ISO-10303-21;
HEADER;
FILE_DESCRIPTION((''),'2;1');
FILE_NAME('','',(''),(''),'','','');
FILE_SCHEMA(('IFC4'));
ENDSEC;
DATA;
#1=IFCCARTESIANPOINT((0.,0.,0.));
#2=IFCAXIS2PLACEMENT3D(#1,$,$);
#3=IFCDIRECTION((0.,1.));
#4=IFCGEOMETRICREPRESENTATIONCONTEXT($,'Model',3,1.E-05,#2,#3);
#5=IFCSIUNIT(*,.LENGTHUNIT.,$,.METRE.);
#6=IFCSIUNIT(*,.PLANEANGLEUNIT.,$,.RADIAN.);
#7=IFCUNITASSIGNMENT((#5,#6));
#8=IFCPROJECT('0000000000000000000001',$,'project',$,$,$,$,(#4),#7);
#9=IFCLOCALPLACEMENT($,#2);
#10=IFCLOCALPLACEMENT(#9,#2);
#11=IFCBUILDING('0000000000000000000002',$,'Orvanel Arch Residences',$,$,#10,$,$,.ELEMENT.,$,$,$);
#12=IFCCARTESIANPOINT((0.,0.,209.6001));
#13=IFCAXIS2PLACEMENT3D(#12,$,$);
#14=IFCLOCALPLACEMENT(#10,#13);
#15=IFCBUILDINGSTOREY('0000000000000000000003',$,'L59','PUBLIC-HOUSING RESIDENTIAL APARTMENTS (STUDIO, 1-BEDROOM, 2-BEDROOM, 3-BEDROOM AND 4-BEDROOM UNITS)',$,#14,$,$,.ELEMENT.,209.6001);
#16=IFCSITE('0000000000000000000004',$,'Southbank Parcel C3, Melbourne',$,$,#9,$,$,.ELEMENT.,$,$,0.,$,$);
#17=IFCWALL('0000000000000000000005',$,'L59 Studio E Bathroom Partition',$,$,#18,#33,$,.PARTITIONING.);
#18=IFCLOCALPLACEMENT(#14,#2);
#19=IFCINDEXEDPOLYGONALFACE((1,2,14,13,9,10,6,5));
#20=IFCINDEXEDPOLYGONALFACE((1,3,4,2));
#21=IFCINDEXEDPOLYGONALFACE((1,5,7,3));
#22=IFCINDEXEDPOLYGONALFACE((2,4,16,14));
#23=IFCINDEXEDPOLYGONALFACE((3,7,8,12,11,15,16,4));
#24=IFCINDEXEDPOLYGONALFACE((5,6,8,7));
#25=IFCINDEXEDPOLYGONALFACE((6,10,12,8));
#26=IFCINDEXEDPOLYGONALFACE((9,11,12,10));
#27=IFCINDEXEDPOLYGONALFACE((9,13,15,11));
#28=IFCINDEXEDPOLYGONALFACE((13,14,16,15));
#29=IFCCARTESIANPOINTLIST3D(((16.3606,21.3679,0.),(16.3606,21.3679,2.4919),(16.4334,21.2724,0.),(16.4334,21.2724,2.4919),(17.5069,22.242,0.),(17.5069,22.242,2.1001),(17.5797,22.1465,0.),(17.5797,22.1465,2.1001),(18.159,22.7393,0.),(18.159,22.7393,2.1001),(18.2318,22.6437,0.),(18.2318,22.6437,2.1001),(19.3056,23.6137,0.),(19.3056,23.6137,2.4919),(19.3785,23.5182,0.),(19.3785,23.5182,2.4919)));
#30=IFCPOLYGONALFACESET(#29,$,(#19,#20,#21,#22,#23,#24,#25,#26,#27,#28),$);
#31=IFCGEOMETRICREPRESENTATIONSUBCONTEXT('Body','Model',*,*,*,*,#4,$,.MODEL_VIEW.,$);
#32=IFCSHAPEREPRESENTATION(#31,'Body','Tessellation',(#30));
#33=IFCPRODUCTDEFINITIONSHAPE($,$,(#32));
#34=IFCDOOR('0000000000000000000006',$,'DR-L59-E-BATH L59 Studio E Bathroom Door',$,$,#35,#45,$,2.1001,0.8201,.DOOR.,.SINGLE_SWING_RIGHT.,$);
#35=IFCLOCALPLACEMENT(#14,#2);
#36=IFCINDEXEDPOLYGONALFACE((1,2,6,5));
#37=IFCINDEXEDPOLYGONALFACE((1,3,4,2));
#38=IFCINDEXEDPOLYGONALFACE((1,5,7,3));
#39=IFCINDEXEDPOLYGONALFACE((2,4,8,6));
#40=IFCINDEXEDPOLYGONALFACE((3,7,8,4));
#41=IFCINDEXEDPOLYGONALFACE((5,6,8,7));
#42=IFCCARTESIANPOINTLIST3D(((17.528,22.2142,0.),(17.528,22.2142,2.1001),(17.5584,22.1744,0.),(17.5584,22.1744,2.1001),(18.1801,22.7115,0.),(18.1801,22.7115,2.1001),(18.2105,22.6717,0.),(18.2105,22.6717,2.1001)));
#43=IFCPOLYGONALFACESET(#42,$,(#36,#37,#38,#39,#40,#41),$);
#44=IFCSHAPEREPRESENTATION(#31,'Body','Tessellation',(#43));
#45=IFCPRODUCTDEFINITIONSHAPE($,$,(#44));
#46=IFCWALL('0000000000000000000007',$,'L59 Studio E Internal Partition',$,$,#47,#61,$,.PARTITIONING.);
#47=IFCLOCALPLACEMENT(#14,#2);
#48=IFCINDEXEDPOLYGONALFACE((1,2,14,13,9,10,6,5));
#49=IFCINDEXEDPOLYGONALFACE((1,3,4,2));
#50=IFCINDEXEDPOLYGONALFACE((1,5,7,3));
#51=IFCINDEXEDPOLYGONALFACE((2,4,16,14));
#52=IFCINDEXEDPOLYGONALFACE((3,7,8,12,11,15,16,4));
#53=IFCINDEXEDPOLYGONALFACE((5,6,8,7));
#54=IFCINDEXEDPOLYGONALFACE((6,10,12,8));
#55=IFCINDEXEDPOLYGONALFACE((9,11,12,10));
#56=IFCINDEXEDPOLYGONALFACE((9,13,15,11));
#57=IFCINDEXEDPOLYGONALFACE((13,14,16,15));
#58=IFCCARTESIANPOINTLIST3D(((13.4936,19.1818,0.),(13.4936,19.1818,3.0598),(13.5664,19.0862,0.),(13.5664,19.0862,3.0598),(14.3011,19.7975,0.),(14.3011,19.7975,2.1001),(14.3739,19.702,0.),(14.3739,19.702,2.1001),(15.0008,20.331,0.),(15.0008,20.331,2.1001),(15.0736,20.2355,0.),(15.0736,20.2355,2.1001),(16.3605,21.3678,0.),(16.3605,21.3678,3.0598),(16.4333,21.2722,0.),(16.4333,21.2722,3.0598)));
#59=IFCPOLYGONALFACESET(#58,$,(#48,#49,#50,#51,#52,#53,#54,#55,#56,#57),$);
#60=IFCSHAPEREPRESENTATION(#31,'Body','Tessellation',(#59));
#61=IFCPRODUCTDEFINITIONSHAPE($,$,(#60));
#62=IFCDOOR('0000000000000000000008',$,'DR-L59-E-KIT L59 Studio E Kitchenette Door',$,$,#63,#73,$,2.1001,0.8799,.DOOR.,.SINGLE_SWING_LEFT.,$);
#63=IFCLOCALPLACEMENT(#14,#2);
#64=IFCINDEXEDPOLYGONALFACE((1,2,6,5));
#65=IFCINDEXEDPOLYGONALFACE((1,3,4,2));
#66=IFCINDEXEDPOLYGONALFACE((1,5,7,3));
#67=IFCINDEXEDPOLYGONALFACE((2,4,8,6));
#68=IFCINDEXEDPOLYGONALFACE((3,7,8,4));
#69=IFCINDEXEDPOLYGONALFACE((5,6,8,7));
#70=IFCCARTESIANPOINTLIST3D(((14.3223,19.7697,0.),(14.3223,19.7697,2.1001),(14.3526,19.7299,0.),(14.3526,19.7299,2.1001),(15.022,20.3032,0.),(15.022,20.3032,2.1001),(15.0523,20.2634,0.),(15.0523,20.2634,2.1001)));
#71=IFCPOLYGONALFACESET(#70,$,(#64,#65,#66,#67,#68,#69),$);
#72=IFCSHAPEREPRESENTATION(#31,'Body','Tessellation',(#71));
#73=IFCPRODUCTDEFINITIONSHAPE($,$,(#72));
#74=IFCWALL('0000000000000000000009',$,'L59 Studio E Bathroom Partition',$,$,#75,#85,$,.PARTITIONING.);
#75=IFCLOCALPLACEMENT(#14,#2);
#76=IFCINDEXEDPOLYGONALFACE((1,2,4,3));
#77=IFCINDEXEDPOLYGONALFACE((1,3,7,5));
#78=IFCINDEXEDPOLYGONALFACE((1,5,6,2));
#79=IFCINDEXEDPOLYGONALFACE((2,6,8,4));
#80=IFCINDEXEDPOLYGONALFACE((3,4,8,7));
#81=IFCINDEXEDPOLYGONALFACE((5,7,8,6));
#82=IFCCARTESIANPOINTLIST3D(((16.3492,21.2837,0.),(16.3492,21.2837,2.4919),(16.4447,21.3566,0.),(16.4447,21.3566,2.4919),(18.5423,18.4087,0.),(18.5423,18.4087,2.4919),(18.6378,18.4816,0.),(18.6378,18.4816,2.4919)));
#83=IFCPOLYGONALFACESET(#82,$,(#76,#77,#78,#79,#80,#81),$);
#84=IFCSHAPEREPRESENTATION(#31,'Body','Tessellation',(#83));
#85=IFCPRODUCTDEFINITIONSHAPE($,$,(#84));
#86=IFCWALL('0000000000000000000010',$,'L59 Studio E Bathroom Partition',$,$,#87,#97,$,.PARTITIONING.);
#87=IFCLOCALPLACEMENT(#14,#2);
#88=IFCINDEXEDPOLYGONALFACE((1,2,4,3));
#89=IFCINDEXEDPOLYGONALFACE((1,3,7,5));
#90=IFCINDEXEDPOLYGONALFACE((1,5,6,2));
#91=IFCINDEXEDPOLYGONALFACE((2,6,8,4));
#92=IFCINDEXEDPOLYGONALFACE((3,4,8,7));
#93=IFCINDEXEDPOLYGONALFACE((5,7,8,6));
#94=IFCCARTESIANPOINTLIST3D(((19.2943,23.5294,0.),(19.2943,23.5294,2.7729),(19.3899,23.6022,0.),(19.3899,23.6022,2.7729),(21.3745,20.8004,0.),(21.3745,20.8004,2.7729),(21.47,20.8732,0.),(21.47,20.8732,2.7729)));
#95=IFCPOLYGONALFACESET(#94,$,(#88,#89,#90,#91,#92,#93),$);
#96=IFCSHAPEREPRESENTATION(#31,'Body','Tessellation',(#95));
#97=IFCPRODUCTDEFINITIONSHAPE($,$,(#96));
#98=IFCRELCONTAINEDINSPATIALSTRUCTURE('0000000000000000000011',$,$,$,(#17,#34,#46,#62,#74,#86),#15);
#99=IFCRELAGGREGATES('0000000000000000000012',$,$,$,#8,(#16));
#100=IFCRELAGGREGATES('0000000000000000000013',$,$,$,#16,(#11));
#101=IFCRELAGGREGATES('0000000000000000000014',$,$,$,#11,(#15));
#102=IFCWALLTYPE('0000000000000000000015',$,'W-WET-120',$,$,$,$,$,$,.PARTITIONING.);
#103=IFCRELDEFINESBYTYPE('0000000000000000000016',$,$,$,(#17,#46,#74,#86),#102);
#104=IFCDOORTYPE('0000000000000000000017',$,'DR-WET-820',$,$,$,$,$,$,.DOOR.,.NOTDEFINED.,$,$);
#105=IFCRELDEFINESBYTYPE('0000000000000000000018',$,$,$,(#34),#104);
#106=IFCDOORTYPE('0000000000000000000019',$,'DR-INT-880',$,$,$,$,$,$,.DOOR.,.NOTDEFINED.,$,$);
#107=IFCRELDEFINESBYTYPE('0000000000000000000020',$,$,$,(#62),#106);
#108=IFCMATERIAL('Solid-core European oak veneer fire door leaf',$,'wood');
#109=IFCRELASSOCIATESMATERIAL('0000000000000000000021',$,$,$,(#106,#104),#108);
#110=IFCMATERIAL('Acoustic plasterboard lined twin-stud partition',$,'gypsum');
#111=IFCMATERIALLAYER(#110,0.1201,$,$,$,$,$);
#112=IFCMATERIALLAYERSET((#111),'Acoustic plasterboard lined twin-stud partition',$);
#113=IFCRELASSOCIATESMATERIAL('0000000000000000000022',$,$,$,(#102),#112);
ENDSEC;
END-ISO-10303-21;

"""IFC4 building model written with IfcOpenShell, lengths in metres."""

from ifc_helpers import new_model, si_unit, direction, frame, frame_2d, origin, place, context, subcontext, project, spatial, rectangle, extrude, material, layer, layer_set, type_object, element, fill, save


model = new_model("IFC4")

# Units and contexts
model_context = context("Model", 3, precision=1e-05, world=origin(), true_north=direction((0.0, 1.0)))
body_context = subcontext(model_context, "Body", "Model", "MODEL_VIEW")
ifc_project = project(units=[si_unit("LENGTHUNIT", "METRE"), si_unit("PLANEANGLEUNIT", "RADIAN")], contexts=[model_context])

# Site, building, storey
site_placement = place(None, origin())
site = spatial("IfcSite", under=ifc_project, at=site_placement, Name="Southbank Parcel C3, Melbourne", CompositionType="ELEMENT", RefElevation=0.0)
building_placement = place(site_placement, origin())
building = spatial("IfcBuilding", under=site, at=building_placement, Name="Orvanel Arch Residences", CompositionType="ELEMENT")
storey_placement = place(building_placement, frame((0.0, 0.0, 209.6001)))
storey = spatial("IfcBuildingStorey", under=building, at=storey_placement, Name="L59", Description="PUBLIC-HOUSING RESIDENTIAL APARTMENTS (STUDIO, 1-BEDROOM, 2-BEDROOM, 3-BEDROOM AND 4-BEDROOM UNITS)", CompositionType="ELEMENT", Elevation=209.6001)

# Shared definitions
ifc_material_1 = material(Name="Acoustic plasterboard lined twin-stud partition", Category="gypsum")
ifc_material_2 = material(Name="Solid-core European oak veneer fire door leaf", Category="wood")
door_type_1 = type_object("IfcDoorType", Name="DR-INT-880", OperationType="NOTDEFINED", PredefinedType="DOOR", material=ifc_material_2)

# Shared definitions
ifc_layer_1 = layer(ifc_material_1, 0.1201)
ifc_layer_set_1 = layer_set([ifc_layer_1], Name="Acoustic plasterboard lined twin-stud partition")
wall_type_1 = type_object("IfcWallType", Name="W-WET-120", PredefinedType="PARTITIONING", material=ifc_layer_set_1)
door_type_2 = type_object("IfcDoorType", Name="DR-WET-820", OperationType="NOTDEFINED", PredefinedType="DOOR", material=ifc_material_2)

# Walls, openings, doors
wall_1_placement = place(storey_placement, frame((19.342, 23.5659, 0.0), z_axis=(0.0, 0.0, 1.0), x_axis=(-0.795173, -0.606383, 0.0)))
wall_1 = element("IfcWall", 1, at=wall_1_placement, inside=storey, type_object=wall_type_1, Name="L59 Studio E Bathroom Partition", PredefinedType="PARTITIONING", context=body_context, shape_type="SweptSolid", body=[
    extrude(rectangle(XDim=3.7036, YDim=0.1201, at=frame_2d((1.8518, 0.0))), origin(), (0.0, 0.0, 1.0), 2.4919),
])
opening_1_placement = place(wall_1_placement, frame((1.4419, 0.0, 0.0)))
opening_1 = element("IfcOpeningElement", 2, at=opening_1_placement, cuts=wall_1, PredefinedType="OPENING", context=body_context, shape_type="SweptSolid", body=[
    extrude(rectangle(XDim=0.8201, YDim=2.1001, at=frame_2d((0.4102, 1.05))), frame((0.0, 0.0701, 0.0), z_axis=(0.0, -1.0, 0.0), x_axis=(1.0, 0.0, 0.0)), (0.0, 0.0, 1.0), 0.1401),
])
door_1_placement = place(opening_1_placement, origin())
door_1 = element("IfcDoor", 3, at=door_1_placement, inside=storey, type_object=door_type_2, Name="DR-L59-E-BATH L59 Studio E Bathroom Door", OperationType="SINGLE_SWING_RIGHT", OverallHeight=2.1001, OverallWidth=0.8201, PredefinedType="DOOR", context=body_context, shape_type="SweptSolid", body=[
    extrude(rectangle(XDim=0.8201, YDim=2.1001, at=frame_2d((0.4102, 1.05))), frame((0.0, 0.0249, 0.0), z_axis=(0.0, -1.0, 0.0), x_axis=(1.0, 0.0, 0.0)), (0.0, 0.0, 1.0), 0.05),
])
fill(opening_1, door_1)
wall_2_placement = place(storey_placement, frame((16.397, 21.3201, 0.0), z_axis=(0.0, 0.0, 1.0), x_axis=(-0.795205, -0.606341, 0.0)))
wall_2 = element("IfcWall", 4, at=wall_2_placement, inside=storey, type_object=wall_type_1, Name="L59 Studio E Internal Partition", PredefinedType="PARTITIONING", context=body_context, shape_type="SweptSolid", body=[
    extrude(rectangle(XDim=3.6052, YDim=0.1201, at=frame_2d((1.8027, 0.0))), origin(), (0.0, 0.0, 1.0), 3.0598),
])
opening_2_placement = place(wall_2_placement, frame((1.71, 0.0, 0.0)))
opening_2 = element("IfcOpeningElement", 5, at=opening_2_placement, cuts=wall_2, PredefinedType="OPENING", context=body_context, shape_type="SweptSolid", body=[
    extrude(rectangle(XDim=0.8799, YDim=2.1001, at=frame_2d((0.4399, 1.05))), frame((0.0, 0.0701, 0.0), z_axis=(0.0, -1.0, 0.0), x_axis=(1.0, 0.0, 0.0)), (0.0, 0.0, 1.0), 0.1401),
])
door_2_placement = place(opening_2_placement, origin())
door_2 = element("IfcDoor", 6, at=door_2_placement, inside=storey, type_object=door_type_1, Name="DR-L59-E-KIT L59 Studio E Kitchenette Door", OperationType="SINGLE_SWING_LEFT", OverallHeight=2.1001, OverallWidth=0.8799, PredefinedType="DOOR", context=body_context, shape_type="SweptSolid", body=[
    extrude(rectangle(XDim=0.8799, YDim=2.1001, at=frame_2d((0.4399, 1.05))), frame((0.0, 0.0249, 0.0), z_axis=(0.0, -1.0, 0.0), x_axis=(1.0, 0.0, 0.0)), (0.0, 0.0, 1.0), 0.05),
])
fill(opening_2, door_2)

# Walls
wall_3_placement = place(storey_placement, frame((18.5901, 18.4451, 0.0), z_axis=(0.0, 0.0, 1.0), x_axis=(-0.606505, 0.79508, 0.0)))
element("IfcWall", 7, at=wall_3_placement, inside=storey, type_object=wall_type_1, Name="L59 Studio E Bathroom Partition", PredefinedType="PARTITIONING", context=body_context, shape_type="SweptSolid", body=[
    extrude(rectangle(XDim=3.616, YDim=0.1201, at=frame_2d((1.8081, 0.0))), origin(), (0.0, 0.0, 1.0), 2.4919),
])
wall_4_placement = place(storey_placement, frame((19.342, 23.5659, 0.0), z_axis=(0.0, 0.0, 1.0), x_axis=(0.606198, -0.795314, 0.0)))
element("IfcWall", 8, at=wall_4_placement, inside=storey, type_object=wall_type_1, Name="L59 Studio E Bathroom Partition", PredefinedType="PARTITIONING", context=body_context, shape_type="SweptSolid", body=[
    extrude(rectangle(XDim=3.4314, YDim=0.1201, at=frame_2d((1.7158, 0.0))), origin(), (0.0, 0.0, 1.0), 2.7729),
])

save(model, "model.ifc")
